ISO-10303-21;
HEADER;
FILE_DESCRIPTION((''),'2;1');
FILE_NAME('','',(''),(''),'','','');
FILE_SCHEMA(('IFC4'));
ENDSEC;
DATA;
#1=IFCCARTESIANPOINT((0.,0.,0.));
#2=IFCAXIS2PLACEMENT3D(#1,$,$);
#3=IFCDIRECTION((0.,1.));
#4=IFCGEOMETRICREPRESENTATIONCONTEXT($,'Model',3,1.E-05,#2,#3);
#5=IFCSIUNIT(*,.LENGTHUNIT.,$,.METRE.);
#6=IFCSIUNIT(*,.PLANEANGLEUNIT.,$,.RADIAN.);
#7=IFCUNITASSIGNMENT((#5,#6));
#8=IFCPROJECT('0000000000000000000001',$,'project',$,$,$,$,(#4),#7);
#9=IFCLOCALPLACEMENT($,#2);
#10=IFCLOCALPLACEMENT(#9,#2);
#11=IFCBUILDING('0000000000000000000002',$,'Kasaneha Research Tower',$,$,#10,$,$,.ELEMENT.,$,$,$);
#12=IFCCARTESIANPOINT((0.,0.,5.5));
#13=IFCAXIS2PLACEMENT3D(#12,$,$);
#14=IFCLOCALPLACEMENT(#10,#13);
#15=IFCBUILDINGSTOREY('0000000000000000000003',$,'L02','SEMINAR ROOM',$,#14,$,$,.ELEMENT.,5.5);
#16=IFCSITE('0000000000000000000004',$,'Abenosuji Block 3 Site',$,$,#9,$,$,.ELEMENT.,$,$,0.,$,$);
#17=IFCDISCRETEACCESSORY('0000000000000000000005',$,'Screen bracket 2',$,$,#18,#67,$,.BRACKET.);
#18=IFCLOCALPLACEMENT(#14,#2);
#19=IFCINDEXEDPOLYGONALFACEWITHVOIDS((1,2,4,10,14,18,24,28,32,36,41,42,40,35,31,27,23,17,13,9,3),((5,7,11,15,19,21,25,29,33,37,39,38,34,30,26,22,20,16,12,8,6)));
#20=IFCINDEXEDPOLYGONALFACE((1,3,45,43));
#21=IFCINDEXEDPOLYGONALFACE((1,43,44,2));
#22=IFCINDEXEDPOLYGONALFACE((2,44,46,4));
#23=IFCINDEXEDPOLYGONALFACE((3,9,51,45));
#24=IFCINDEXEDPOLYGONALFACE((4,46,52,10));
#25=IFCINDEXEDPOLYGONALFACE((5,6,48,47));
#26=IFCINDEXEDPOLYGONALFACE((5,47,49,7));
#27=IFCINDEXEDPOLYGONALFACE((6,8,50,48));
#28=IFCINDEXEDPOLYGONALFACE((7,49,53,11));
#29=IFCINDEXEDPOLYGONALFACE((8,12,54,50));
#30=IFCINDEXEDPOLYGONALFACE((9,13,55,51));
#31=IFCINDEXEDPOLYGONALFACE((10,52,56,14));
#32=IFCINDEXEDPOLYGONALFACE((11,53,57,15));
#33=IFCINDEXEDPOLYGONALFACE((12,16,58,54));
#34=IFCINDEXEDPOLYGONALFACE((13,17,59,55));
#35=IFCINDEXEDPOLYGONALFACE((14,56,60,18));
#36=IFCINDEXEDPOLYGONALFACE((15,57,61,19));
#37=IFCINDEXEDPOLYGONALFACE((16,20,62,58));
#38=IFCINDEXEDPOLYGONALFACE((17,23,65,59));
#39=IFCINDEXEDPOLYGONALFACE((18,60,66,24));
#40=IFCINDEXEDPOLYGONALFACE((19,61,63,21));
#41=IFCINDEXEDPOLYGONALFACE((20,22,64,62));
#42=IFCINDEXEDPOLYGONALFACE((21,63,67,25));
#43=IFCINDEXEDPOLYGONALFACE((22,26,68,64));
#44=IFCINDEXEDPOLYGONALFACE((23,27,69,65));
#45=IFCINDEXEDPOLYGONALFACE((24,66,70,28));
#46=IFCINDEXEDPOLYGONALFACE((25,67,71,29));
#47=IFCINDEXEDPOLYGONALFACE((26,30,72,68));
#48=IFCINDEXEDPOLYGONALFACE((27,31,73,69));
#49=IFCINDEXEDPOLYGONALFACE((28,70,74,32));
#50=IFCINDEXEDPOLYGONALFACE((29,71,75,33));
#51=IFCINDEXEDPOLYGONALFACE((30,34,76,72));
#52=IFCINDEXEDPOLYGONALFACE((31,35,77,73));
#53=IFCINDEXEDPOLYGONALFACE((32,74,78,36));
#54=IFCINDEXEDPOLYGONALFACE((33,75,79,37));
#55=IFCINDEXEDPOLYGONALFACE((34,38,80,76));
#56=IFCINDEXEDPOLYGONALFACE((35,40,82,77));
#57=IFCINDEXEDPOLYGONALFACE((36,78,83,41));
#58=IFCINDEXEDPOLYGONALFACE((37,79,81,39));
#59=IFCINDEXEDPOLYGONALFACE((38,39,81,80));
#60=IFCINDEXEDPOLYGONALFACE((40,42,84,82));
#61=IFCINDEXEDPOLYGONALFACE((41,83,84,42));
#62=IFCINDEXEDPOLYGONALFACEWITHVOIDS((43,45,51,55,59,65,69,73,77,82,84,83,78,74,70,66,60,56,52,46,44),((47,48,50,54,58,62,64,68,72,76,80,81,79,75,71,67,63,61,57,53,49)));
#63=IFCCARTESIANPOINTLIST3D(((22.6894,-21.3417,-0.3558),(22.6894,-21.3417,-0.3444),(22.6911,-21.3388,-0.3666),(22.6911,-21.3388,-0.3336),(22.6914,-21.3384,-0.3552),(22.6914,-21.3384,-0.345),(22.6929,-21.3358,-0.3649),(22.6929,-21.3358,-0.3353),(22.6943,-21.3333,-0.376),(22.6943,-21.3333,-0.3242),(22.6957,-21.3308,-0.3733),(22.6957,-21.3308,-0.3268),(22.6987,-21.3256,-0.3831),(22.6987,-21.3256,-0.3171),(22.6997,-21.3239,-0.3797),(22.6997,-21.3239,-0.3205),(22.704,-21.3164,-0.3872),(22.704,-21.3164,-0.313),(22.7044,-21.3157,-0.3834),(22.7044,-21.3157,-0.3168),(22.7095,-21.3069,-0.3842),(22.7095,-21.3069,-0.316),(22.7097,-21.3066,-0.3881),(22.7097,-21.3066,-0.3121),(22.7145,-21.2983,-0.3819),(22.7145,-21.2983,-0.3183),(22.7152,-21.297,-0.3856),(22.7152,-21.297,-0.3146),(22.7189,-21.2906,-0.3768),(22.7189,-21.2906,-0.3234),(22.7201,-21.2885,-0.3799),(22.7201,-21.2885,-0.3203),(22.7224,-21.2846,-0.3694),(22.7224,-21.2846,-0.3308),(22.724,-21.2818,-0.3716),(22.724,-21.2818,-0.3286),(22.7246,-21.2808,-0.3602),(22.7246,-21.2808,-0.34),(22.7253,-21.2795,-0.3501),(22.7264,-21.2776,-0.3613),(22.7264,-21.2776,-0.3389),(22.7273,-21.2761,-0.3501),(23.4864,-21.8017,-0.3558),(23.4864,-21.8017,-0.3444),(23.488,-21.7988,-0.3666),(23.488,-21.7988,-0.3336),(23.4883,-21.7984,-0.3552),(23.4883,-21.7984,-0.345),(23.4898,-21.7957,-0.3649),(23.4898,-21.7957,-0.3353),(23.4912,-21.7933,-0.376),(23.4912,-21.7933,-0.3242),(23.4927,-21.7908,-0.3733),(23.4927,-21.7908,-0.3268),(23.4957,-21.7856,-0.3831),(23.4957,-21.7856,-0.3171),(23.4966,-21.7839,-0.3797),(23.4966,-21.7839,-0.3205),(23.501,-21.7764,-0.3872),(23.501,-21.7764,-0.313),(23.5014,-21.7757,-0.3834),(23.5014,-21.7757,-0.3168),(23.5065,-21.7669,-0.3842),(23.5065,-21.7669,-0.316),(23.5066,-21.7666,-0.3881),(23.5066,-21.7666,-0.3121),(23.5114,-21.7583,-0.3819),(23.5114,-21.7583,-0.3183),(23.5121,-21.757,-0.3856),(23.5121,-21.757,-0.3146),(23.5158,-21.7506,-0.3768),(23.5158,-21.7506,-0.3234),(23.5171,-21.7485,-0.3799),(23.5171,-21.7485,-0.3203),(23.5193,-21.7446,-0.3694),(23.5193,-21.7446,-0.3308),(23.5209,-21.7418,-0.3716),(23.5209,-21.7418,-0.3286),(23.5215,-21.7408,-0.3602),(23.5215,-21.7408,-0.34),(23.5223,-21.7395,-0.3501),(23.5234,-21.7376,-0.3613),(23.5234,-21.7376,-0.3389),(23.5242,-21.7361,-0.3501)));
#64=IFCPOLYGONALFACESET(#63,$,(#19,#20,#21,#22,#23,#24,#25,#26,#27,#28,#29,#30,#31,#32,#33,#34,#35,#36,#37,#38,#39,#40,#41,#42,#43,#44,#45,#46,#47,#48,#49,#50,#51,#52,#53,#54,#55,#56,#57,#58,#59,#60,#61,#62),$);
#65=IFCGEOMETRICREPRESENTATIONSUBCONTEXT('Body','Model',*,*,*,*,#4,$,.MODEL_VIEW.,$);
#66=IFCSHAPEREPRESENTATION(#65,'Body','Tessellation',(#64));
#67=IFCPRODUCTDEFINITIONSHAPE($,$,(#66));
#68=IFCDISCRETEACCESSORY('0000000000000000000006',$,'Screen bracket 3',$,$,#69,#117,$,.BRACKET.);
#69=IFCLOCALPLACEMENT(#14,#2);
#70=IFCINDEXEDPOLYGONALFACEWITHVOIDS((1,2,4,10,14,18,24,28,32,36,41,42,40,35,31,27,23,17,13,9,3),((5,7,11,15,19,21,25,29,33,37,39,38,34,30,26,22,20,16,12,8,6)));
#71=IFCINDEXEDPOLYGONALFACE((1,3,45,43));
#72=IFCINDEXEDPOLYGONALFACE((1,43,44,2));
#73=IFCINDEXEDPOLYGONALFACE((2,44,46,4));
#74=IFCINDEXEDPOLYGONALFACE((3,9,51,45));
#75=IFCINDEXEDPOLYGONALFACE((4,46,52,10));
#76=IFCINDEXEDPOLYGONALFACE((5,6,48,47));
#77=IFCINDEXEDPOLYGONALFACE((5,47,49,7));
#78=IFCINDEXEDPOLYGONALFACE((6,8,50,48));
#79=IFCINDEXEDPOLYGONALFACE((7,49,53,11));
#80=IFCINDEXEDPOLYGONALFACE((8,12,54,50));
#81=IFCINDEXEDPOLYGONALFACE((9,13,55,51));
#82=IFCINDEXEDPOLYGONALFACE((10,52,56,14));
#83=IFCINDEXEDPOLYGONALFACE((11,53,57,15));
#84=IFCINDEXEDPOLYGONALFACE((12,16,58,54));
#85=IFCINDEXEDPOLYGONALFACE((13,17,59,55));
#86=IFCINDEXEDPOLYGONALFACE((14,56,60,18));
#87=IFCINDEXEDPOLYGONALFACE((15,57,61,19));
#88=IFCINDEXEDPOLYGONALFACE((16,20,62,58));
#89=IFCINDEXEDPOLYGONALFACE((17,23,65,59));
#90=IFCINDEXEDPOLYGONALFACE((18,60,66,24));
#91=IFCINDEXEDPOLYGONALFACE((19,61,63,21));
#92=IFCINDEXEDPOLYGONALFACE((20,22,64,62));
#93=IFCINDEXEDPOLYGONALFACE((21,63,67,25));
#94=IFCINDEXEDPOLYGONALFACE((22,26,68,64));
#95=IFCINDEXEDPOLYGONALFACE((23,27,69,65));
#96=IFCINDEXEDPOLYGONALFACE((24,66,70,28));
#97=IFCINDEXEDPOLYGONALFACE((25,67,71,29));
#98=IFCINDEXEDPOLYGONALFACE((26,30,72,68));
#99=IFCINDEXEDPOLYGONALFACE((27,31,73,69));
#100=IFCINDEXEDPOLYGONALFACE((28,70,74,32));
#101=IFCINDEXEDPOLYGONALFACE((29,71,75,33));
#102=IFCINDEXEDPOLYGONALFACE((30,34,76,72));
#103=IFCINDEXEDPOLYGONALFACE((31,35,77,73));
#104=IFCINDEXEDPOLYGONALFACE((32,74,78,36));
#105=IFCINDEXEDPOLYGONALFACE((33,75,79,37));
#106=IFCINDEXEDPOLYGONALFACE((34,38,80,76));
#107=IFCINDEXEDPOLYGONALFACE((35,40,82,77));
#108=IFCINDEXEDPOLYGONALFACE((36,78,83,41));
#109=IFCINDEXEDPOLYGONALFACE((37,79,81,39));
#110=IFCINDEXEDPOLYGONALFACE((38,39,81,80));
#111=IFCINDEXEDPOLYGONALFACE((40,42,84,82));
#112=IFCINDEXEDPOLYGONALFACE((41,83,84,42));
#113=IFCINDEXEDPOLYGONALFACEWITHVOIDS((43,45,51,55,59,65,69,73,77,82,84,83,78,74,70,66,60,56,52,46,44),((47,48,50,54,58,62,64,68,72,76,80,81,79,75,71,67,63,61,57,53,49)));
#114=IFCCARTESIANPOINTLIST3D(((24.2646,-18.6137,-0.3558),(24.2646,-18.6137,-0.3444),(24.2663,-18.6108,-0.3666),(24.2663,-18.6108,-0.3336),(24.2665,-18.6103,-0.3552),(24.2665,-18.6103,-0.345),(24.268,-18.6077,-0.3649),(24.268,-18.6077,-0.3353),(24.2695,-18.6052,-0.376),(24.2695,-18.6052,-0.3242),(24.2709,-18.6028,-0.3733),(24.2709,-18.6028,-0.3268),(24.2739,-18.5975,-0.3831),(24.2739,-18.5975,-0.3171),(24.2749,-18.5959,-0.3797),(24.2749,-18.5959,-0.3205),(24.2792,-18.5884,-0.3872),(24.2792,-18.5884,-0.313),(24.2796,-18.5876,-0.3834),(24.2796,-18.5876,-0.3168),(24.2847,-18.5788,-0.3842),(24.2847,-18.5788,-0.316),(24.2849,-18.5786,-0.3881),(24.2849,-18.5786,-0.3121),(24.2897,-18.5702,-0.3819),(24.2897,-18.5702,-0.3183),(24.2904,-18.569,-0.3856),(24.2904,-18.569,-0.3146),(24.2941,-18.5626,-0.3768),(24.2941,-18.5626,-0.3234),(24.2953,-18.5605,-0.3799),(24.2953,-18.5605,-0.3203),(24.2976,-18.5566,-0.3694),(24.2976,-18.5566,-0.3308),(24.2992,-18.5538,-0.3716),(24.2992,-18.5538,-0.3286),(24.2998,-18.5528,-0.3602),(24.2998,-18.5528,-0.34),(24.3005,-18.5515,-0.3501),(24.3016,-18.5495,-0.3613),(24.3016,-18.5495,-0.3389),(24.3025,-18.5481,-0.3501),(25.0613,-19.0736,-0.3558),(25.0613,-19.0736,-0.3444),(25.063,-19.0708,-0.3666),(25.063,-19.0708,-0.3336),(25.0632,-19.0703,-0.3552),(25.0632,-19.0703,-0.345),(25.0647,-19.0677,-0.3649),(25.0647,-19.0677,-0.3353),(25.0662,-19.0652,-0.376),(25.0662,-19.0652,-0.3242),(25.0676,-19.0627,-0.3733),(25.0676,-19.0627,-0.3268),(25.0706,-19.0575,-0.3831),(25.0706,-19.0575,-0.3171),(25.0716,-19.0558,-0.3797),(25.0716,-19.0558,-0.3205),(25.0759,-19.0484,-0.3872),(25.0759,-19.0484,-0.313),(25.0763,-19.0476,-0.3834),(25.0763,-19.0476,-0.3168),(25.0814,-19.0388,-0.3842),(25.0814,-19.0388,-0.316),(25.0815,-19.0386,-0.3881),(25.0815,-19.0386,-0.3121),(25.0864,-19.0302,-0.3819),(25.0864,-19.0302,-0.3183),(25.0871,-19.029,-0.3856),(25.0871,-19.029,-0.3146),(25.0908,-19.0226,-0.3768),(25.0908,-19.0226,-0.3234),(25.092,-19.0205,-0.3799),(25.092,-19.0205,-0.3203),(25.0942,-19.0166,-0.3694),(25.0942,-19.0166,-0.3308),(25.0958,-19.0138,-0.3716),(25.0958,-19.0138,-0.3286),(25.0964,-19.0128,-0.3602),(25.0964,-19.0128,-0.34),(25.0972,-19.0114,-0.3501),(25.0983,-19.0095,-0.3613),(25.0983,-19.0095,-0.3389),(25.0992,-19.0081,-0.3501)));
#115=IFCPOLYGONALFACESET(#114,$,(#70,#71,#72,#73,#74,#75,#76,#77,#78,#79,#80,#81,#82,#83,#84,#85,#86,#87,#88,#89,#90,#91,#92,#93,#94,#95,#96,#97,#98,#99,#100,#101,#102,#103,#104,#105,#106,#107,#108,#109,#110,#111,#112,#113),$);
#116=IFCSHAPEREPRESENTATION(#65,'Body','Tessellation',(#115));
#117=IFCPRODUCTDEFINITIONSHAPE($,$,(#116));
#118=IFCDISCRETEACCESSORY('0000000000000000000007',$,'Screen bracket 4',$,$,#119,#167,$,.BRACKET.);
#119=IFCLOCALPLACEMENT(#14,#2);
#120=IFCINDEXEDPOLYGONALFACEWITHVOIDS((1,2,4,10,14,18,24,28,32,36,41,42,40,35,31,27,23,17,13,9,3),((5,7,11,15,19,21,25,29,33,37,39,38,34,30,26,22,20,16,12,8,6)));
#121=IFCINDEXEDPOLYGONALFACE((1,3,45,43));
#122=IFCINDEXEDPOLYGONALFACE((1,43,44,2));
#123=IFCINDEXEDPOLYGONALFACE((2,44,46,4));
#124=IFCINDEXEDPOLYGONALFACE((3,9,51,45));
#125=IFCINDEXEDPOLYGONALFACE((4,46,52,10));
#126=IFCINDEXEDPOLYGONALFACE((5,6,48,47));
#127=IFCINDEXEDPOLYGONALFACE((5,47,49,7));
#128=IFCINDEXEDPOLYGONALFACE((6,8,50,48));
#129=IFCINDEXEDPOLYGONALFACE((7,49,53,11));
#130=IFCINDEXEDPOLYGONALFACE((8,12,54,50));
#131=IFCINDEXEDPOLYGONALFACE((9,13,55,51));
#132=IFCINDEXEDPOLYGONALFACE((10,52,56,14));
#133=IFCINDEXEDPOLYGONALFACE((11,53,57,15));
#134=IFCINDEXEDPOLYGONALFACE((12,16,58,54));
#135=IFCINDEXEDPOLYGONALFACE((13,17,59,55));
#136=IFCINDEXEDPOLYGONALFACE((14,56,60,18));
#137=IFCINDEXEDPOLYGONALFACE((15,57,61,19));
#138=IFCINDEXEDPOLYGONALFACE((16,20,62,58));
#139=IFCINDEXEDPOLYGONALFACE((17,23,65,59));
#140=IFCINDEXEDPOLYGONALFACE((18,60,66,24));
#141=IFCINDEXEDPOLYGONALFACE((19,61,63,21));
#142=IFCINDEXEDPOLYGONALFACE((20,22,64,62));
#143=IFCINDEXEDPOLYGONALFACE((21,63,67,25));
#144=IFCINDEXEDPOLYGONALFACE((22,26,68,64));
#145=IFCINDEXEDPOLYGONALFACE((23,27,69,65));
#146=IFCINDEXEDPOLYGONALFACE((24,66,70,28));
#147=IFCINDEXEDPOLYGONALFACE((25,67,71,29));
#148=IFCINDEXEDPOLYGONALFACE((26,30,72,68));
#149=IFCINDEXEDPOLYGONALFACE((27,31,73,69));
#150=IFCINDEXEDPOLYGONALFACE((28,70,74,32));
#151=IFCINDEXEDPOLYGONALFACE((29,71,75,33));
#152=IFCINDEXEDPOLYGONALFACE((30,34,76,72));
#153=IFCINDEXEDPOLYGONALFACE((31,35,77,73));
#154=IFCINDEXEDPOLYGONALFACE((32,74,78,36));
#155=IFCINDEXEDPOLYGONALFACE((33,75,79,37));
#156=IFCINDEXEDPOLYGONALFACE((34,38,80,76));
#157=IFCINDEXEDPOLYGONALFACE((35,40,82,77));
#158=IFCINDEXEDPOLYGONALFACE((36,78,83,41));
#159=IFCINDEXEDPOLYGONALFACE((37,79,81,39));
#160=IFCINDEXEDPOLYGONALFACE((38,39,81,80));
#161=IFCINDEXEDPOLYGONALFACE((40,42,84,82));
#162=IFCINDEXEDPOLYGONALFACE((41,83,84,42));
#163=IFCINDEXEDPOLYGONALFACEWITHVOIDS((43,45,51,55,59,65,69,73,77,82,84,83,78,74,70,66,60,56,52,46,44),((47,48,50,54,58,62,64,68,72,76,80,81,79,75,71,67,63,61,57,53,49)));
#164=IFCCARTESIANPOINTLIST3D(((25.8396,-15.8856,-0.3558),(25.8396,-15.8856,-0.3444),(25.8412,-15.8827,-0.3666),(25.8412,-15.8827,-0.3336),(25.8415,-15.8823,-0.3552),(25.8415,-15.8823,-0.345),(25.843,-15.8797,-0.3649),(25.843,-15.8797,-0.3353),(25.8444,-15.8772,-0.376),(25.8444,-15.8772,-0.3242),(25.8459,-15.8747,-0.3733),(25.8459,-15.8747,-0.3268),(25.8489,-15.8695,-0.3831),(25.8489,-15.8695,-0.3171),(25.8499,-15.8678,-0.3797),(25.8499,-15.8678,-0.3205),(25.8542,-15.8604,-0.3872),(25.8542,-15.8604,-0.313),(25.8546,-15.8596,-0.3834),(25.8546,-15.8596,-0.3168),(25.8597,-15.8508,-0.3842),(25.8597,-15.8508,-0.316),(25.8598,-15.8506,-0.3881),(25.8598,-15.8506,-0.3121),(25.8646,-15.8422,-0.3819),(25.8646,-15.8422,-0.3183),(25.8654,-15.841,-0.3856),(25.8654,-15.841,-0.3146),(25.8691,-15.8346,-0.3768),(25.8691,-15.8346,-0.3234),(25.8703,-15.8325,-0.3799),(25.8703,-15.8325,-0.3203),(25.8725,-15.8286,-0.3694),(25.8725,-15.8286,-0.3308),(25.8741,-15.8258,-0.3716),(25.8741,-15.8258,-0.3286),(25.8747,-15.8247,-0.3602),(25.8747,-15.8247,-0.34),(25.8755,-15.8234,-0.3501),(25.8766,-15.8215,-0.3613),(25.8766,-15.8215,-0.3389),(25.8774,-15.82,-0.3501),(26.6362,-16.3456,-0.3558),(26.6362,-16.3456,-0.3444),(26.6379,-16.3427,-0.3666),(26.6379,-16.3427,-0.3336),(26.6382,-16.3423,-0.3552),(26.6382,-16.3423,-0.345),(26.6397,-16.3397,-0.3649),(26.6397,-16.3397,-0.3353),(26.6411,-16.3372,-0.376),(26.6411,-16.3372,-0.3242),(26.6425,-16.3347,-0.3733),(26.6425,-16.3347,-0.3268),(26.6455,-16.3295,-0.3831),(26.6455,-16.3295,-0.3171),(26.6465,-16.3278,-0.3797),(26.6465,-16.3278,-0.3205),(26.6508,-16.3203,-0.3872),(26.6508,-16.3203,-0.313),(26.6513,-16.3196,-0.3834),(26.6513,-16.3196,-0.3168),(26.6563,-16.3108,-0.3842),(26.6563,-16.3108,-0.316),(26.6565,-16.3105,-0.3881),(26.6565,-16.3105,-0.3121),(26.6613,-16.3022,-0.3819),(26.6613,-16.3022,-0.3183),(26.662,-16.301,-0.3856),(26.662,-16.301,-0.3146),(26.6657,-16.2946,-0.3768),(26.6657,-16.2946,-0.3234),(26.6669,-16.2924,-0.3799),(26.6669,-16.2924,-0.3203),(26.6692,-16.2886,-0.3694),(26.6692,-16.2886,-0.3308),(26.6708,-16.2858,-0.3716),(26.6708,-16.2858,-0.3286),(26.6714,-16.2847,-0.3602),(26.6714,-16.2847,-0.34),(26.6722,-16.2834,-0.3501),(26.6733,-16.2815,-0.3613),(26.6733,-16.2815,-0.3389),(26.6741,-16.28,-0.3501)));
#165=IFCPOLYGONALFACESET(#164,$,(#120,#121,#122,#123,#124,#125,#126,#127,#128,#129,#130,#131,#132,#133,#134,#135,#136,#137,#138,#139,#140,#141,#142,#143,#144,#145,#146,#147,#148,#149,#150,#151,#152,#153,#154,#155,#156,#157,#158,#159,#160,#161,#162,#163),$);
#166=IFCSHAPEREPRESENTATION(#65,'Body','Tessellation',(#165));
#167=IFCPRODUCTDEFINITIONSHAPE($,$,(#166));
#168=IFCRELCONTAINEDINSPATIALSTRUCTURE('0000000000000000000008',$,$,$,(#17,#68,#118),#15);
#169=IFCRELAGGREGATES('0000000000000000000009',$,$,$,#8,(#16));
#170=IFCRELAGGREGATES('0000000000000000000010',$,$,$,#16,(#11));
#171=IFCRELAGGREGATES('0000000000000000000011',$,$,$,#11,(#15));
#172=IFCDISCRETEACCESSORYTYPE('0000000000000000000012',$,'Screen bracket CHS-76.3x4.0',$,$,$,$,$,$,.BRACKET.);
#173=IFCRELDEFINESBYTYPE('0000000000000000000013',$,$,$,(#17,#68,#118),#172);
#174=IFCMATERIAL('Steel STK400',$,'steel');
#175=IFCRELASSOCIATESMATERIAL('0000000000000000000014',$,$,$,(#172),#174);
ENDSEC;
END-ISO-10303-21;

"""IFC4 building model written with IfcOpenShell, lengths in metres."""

from ifc_helpers import new_model, si_unit, direction, frame, origin, origin_2d, place, context, subcontext, project, spatial, hollow_circle, extrude, material, material_profile, profile_set, type_object, element, save


model = new_model("IFC4")

# Units and contexts
model_context = context("Model", 3, precision=1e-05, world=origin(), true_north=direction((0.0, 1.0)))
body_context = subcontext(model_context, "Body", "Model", "MODEL_VIEW")
ifc_project = project(units=[si_unit("LENGTHUNIT", "METRE"), si_unit("PLANEANGLEUNIT", "RADIAN")], contexts=[model_context])

# Site, building, storey
site_placement = place(None, origin())
site = spatial("IfcSite", under=ifc_project, at=site_placement, Name="Abenosuji Block 3 Site", CompositionType="ELEMENT", RefElevation=0.0)
building_placement = place(site_placement, origin())
building = spatial("IfcBuilding", under=site, at=building_placement, Name="Kasaneha Research Tower", CompositionType="ELEMENT")
storey_placement = place(building_placement, frame((0.0, 0.0, 5.5)))
storey = spatial("IfcBuildingStorey", under=building, at=storey_placement, Name="L02", Description="SEMINAR ROOM", CompositionType="ELEMENT", Elevation=5.5)

# Discrete accessories
ifc_material_1 = material(Name="Steel STK400", Category="steel")
ifc_material_profile_1 = material_profile(ifc_material_1, hollow_circle(Radius=0.0381, WallThickness=0.0039, at=origin_2d()), Name="CHS-76.3x4.0")
ifc_profile_set_1 = profile_set([ifc_material_profile_1], Name="Steel STK400")
discrete_accessory_type = type_object("IfcDiscreteAccessoryType", Name="Screen bracket CHS-76.3x4.0", PredefinedType="BRACKET", material=ifc_profile_set_1)
for number, where, z_axis, x_axis, name in (
    (1, (22.7083, -21.3091, -0.3501), (0.86608, -0.499906, 0.0), (0.499906, 0.86608, 0.0), "Screen bracket 2"),
):
    element("IfcDiscreteAccessory", number, at=place(storey_placement, frame(where, z_axis=z_axis, x_axis=x_axis)), inside=storey, type_object=discrete_accessory_type, Name=name, PredefinedType="BRACKET", context=body_context, shape_type="SweptSolid", body=[
        extrude(hollow_circle(Radius=0.0381, WallThickness=0.0039, at=origin_2d()), origin(), (0.0, 0.0, 1.0), 0.9202),
    ])
for number, where, z_axis, x_axis, name in (
    (2, (24.2834, -18.5811, -0.3501), (0.866013, -0.500021, 0.0), (0.500021, 0.866013, 0.0), "Screen bracket 3"),
    (3, (25.8584, -15.853, -0.3501), (0.866013, -0.500021, 0.0), (0.500021, 0.866013, 0.0), "Screen bracket 4"),
):
    element("IfcDiscreteAccessory", number, at=place(storey_placement, frame(where, z_axis=z_axis, x_axis=x_axis)), inside=storey, type_object=discrete_accessory_type, Name=name, PredefinedType="BRACKET", context=body_context, shape_type="SweptSolid", body=[
        extrude(hollow_circle(Radius=0.0381, WallThickness=0.0039, at=origin_2d()), origin(), (0.0, 0.0, 1.0), 0.9199),
    ])

save(model, "model.ifc")
